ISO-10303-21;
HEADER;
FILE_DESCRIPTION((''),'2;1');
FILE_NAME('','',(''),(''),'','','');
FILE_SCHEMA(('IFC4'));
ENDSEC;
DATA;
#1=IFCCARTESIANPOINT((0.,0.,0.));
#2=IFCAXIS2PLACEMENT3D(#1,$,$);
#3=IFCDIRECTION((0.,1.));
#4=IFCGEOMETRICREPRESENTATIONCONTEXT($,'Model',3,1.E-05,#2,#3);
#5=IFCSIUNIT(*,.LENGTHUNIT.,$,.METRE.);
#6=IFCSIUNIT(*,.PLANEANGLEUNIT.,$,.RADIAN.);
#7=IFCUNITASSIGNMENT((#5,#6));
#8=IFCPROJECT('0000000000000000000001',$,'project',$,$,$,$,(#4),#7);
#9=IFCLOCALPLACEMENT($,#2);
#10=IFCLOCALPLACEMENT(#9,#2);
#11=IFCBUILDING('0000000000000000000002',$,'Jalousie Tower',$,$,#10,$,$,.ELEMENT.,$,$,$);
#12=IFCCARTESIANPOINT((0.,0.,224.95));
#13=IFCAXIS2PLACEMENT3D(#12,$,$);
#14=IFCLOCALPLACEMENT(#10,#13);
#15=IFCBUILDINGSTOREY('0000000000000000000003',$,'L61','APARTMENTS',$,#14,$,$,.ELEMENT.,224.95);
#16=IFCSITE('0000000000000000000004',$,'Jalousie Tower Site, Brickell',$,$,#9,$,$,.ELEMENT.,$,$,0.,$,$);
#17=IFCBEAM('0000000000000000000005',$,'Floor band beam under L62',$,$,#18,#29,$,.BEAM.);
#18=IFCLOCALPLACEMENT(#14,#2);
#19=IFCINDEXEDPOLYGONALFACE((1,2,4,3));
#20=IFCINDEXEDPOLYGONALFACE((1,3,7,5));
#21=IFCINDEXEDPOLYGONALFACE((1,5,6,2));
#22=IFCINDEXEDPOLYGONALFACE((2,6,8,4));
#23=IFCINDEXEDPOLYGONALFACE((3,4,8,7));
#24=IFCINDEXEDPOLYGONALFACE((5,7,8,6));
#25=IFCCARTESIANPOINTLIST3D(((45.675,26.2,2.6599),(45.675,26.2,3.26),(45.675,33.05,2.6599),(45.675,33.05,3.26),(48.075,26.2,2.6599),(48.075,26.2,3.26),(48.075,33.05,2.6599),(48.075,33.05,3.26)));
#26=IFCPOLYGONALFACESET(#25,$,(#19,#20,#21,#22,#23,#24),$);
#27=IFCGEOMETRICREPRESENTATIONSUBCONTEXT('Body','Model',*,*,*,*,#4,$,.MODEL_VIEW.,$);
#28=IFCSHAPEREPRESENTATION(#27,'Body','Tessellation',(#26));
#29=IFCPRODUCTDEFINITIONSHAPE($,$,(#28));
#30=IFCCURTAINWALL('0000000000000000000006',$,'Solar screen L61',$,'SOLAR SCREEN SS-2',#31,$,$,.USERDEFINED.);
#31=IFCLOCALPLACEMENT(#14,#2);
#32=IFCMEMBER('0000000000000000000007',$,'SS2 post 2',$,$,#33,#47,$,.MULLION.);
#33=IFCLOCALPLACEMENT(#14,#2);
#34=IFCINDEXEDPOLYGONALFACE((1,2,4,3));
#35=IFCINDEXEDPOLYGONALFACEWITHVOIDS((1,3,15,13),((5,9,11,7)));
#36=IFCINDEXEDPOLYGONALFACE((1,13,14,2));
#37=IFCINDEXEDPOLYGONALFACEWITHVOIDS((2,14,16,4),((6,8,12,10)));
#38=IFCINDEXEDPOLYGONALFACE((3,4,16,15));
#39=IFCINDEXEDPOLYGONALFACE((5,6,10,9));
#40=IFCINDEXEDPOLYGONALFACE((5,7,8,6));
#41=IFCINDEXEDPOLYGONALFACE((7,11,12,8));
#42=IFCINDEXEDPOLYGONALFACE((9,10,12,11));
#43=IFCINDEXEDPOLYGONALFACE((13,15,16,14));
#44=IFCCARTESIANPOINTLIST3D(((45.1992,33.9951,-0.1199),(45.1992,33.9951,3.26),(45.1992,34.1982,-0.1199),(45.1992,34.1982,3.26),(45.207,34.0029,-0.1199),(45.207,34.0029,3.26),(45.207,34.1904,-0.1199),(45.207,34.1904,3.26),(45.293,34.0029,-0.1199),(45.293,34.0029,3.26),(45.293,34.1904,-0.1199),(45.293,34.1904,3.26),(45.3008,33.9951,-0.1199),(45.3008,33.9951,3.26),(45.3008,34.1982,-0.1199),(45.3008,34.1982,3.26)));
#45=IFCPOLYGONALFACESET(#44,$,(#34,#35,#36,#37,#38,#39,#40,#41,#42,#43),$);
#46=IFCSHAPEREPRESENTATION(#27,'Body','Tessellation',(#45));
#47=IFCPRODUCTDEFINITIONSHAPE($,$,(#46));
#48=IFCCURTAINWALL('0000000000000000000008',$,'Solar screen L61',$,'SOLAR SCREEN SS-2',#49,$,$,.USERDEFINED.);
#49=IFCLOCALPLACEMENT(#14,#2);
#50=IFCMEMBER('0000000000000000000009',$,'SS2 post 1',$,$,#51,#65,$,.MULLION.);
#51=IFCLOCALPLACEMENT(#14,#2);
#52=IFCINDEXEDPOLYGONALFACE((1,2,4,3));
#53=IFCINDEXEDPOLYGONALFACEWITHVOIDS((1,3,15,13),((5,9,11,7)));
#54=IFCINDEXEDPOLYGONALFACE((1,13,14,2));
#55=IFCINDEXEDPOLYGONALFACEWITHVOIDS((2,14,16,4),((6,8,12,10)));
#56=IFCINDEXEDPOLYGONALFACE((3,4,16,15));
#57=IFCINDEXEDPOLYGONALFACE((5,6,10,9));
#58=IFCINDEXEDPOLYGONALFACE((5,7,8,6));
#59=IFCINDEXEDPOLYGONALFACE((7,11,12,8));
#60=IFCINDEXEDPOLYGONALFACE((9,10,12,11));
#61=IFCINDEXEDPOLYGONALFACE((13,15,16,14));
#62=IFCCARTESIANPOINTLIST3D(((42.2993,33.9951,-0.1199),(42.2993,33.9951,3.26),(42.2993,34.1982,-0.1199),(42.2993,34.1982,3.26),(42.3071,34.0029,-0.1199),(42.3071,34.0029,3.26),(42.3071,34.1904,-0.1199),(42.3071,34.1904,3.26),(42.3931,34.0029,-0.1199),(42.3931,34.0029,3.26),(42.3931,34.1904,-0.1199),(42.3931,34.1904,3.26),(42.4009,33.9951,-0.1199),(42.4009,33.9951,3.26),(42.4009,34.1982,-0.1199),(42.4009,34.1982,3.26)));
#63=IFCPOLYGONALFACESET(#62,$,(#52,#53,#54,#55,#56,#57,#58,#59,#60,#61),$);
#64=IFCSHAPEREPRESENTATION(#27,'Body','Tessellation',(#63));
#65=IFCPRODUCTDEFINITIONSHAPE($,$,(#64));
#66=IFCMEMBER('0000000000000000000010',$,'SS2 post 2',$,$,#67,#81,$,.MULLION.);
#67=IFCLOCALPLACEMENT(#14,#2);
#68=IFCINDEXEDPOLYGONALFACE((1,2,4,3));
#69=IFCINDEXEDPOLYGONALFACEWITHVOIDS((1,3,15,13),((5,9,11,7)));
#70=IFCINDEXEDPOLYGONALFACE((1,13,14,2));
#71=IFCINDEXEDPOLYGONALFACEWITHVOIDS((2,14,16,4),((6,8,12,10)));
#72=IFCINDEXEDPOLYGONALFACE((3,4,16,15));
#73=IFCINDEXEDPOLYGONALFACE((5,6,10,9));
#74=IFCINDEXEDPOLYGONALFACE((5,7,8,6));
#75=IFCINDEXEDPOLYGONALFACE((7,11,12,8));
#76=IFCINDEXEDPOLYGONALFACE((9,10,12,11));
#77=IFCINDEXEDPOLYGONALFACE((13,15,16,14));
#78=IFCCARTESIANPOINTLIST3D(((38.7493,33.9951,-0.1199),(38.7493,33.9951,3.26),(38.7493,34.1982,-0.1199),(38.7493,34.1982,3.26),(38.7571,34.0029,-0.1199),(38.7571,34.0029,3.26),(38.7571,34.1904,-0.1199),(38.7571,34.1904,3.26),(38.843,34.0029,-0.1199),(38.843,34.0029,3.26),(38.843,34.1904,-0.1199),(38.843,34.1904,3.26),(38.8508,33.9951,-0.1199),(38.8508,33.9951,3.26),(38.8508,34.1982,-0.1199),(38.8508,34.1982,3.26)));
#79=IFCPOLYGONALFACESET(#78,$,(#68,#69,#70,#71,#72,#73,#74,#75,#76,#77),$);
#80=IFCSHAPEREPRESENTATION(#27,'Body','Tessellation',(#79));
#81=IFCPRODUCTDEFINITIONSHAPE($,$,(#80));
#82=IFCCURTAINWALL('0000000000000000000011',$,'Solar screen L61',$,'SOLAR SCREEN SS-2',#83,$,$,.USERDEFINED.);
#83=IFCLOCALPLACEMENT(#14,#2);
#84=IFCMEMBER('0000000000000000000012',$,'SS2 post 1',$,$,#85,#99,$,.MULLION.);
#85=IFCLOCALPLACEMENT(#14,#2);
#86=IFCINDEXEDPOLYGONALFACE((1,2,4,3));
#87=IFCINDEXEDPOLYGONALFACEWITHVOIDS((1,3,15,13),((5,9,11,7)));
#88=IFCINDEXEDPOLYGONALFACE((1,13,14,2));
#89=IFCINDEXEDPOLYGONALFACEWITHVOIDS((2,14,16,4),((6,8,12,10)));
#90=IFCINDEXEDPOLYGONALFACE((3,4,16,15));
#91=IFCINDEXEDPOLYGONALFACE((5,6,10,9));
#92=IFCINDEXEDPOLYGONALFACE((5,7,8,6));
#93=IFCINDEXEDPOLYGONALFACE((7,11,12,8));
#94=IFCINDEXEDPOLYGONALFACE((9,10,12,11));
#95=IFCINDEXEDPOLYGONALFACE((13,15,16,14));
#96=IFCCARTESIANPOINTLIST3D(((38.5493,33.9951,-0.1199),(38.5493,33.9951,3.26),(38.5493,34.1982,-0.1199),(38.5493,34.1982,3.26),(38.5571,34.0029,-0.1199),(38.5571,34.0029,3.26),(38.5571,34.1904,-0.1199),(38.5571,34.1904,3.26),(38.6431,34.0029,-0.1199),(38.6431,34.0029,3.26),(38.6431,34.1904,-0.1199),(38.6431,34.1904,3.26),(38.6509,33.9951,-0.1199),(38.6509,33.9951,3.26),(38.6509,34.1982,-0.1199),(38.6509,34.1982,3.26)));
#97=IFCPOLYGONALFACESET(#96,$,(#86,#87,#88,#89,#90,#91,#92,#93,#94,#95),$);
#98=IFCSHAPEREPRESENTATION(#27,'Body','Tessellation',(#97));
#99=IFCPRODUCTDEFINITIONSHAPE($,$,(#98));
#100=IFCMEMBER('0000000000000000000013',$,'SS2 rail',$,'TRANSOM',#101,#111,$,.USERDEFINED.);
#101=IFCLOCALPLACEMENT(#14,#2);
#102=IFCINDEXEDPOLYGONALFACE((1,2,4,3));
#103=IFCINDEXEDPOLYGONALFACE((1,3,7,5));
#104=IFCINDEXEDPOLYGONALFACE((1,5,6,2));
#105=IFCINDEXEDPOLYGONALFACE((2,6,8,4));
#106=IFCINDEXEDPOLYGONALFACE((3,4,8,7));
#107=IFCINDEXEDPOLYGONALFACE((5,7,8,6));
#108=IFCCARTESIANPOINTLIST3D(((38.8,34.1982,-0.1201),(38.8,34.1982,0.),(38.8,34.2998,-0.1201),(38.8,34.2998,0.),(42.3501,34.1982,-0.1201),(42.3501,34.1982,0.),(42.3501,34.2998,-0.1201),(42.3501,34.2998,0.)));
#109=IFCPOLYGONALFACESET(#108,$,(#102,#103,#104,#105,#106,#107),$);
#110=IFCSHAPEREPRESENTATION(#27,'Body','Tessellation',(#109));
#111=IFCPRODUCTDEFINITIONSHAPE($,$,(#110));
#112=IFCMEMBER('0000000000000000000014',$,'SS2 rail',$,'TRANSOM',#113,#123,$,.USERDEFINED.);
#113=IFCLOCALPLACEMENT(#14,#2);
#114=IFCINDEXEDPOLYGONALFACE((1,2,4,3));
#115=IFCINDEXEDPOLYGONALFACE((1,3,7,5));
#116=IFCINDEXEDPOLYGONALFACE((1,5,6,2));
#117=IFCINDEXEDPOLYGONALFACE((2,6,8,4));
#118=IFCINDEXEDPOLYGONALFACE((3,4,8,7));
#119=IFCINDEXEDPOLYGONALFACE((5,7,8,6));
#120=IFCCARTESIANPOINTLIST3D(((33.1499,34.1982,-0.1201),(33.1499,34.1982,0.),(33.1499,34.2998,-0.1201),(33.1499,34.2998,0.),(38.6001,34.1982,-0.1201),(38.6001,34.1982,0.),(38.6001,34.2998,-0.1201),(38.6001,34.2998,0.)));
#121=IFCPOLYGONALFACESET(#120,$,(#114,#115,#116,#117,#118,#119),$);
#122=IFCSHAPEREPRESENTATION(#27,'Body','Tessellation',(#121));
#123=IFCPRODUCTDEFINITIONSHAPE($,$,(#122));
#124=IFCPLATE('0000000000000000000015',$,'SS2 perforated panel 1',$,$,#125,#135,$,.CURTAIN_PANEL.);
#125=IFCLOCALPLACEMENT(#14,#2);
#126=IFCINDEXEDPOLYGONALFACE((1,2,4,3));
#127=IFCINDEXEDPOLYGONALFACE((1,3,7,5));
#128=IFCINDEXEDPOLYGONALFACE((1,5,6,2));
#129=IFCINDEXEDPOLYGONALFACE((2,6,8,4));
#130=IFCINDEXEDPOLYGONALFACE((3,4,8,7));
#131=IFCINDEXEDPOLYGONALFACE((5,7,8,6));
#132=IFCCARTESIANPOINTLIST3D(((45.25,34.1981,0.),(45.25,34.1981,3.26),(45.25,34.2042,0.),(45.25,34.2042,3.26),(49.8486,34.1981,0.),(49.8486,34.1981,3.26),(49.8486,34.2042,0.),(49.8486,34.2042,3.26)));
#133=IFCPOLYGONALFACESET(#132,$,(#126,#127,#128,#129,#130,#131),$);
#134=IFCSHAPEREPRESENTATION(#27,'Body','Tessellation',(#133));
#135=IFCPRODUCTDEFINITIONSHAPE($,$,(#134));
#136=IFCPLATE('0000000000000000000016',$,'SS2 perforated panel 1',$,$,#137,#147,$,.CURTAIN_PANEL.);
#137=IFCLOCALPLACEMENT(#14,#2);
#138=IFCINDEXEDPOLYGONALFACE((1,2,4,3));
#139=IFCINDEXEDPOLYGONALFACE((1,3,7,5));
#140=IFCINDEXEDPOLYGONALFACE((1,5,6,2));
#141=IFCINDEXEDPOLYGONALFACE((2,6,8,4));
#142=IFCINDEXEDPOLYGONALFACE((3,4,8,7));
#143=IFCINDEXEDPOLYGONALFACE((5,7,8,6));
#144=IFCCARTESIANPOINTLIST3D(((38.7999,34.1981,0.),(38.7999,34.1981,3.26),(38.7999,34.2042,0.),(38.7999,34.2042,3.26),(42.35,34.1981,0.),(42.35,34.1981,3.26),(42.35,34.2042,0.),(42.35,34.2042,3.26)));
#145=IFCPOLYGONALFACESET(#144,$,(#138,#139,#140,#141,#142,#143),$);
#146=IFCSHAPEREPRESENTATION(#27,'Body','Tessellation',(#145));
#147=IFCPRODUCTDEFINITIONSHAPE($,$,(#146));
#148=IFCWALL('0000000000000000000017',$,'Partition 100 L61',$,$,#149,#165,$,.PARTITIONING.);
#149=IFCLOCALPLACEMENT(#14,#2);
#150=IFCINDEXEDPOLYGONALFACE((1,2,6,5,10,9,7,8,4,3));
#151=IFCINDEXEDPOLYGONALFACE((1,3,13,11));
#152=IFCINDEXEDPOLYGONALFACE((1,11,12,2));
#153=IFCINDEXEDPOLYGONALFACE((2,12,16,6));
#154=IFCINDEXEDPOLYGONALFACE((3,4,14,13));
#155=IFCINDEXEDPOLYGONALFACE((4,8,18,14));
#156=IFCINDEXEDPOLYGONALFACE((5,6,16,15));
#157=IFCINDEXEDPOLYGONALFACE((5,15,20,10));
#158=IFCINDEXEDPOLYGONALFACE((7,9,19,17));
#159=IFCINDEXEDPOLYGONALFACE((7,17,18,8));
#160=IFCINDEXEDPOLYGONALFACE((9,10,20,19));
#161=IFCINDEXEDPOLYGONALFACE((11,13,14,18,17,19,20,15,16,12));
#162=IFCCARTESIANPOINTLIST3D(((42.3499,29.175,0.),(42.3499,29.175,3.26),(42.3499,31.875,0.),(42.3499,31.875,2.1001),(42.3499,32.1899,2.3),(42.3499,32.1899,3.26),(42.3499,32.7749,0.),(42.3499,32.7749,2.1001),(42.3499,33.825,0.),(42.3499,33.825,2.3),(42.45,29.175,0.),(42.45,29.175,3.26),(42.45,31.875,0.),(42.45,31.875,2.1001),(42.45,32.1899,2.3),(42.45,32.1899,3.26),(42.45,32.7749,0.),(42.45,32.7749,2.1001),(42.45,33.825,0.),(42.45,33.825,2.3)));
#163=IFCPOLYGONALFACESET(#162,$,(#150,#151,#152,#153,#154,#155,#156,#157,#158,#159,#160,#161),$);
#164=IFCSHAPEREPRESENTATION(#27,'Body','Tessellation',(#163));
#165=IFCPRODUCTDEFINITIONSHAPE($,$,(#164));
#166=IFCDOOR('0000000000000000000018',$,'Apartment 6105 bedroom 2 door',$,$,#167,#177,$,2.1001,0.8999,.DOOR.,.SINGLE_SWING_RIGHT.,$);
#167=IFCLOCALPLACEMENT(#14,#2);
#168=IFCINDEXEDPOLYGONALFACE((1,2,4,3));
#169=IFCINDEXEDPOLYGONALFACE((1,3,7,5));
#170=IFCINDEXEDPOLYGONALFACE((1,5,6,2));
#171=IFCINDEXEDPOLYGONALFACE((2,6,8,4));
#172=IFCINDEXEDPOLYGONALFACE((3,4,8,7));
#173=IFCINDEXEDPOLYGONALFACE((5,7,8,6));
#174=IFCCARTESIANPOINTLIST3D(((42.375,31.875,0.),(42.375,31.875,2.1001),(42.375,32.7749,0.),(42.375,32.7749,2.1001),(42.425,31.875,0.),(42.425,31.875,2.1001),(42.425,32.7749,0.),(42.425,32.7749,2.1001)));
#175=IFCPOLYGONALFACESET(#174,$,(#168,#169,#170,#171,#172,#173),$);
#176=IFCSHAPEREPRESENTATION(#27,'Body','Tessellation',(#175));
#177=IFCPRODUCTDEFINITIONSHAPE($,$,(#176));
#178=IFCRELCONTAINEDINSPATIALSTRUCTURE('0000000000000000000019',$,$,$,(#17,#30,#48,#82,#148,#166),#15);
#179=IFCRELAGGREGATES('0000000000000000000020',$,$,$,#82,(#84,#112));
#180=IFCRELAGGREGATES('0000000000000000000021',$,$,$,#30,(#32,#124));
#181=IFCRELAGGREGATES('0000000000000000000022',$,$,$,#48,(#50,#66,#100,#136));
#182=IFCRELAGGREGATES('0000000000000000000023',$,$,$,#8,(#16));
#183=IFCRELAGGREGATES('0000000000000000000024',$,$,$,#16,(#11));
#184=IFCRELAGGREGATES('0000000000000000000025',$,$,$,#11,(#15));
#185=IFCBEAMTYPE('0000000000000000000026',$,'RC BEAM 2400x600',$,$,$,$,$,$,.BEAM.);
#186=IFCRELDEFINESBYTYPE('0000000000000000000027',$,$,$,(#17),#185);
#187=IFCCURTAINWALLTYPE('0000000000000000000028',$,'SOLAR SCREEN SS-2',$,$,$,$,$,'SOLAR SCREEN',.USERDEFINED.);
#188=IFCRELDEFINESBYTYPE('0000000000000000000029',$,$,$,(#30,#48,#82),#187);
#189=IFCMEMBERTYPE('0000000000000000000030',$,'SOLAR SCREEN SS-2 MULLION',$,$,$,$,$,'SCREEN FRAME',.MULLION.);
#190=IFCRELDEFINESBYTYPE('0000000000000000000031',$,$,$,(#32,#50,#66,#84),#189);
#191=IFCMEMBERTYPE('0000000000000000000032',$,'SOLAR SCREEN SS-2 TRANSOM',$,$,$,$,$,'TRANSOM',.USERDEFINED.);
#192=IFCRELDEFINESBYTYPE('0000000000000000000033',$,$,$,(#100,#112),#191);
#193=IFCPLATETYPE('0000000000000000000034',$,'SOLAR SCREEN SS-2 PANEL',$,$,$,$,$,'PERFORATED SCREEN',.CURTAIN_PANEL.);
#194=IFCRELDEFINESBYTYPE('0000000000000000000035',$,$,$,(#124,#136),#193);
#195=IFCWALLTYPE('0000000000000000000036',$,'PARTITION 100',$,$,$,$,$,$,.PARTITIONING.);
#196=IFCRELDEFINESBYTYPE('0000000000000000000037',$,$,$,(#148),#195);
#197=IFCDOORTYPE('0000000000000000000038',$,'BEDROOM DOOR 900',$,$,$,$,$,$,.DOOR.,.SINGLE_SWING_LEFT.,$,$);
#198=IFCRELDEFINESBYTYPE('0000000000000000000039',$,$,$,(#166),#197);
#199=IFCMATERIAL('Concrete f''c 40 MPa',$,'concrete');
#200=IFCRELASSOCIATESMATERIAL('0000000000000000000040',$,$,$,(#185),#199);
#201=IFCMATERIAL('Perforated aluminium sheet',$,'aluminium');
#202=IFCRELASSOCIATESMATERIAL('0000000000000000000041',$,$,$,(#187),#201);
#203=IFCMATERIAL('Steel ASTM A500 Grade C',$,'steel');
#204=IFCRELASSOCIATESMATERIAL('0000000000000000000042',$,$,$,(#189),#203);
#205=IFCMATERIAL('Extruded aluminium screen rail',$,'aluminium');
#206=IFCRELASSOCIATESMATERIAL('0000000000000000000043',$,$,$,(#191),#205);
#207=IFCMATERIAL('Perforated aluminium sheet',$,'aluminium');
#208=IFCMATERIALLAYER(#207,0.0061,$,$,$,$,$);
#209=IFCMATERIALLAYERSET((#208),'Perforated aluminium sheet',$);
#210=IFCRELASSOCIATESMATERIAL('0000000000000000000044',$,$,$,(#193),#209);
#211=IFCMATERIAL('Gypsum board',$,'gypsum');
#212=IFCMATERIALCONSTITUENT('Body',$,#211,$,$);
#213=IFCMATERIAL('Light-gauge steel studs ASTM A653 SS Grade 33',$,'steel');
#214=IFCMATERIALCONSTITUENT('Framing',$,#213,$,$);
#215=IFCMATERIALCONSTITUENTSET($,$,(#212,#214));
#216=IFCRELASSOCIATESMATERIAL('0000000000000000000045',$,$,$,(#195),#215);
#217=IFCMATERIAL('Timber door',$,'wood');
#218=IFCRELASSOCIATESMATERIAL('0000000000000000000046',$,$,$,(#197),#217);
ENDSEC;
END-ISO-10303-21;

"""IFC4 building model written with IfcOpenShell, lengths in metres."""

from ifc_helpers import new_model, si_unit, direction, frame, frame_2d, origin, origin_2d, place, context, subcontext, project, spatial, polyline, rectangle, hollow_rectangle, outline, extrude, material, layer, layer_set, constituent, constituent_set, material_profile, profile_set, type_object, element, fill, aggregate, save


model = new_model("IFC4")

# Units and contexts
model_context = context("Model", 3, precision=1e-05, world=origin(), true_north=direction((0.0, 1.0)))
body_context = subcontext(model_context, "Body", "Model", "MODEL_VIEW")
ifc_project = project(units=[si_unit("LENGTHUNIT", "METRE"), si_unit("PLANEANGLEUNIT", "RADIAN")], contexts=[model_context])

# Site, building, storey
site_placement = place(None, origin())
site = spatial("IfcSite", under=ifc_project, at=site_placement, Name="Jalousie Tower Site, Brickell", CompositionType="ELEMENT", RefElevation=0.0)
building_placement = place(site_placement, origin())
building = spatial("IfcBuilding", under=site, at=building_placement, Name="Jalousie Tower", CompositionType="ELEMENT")
storey_placement = place(building_placement, frame((0.0, 0.0, 224.95)))
storey = spatial("IfcBuildingStorey", under=building, at=storey_placement, Name="L61", Description="APARTMENTS", CompositionType="ELEMENT", Elevation=224.95)

# Beam
ifc_material_1 = material(Name="Concrete f'c 40 MPa", Category="concrete")
ifc_material_profile_1 = material_profile(ifc_material_1, rectangle(XDim=2.3999, YDim=0.6001, at=origin_2d()), Name="RC 2400x600")
ifc_profile_set_1 = profile_set([ifc_material_profile_1], Name="Concrete f'c 40 MPa")
beam_type_1 = type_object("IfcBeamType", Name="RC BEAM 2400x600", PredefinedType="BEAM", material=ifc_profile_set_1)
beam_1_placement = place(storey_placement, frame((46.875, 33.05, 2.96), z_axis=(0.0, -1.0, 0.0), x_axis=(1.0, 0.0, 0.0)))
element("IfcBeam", 1, at=beam_1_placement, inside=storey, type_object=beam_type_1, Name="Floor band beam under L62", PredefinedType="BEAM", context=body_context, shape_type="SweptSolid", body=[
    extrude(rectangle(XDim=2.3999, YDim=0.6001, at=origin_2d()), origin(), (0.0, 0.0, 1.0), 6.8501),
])

# Curtain wall, member
ifc_material_2 = material(Name="Perforated aluminium sheet", Category="aluminium")
curtain_wall_type = type_object("IfcCurtainWallType", Name="SOLAR SCREEN SS-2", ElementType="SOLAR SCREEN", PredefinedType="USERDEFINED", material=ifc_material_2)
curtain_wall_1_placement = place(storey_placement, origin())
curtain_wall_1 = element("IfcCurtainWall", 2, at=curtain_wall_1_placement, inside=storey, type_object=curtain_wall_type, Name="Solar screen L61", ObjectType="SOLAR SCREEN SS-2", PredefinedType="USERDEFINED")
ifc_material_3 = material(Name="Steel ASTM A500 Grade C", Category="steel")
ifc_material_profile_2 = material_profile(ifc_material_3, hollow_rectangle(XDim=0.1016, YDim=0.2031, WallThickness=0.0078, at=origin_2d()), Name="HSS8X4X5/16")
ifc_profile_set_2 = profile_set([ifc_material_profile_2], Name="Steel ASTM A500 Grade C")
member_type_1 = type_object("IfcMemberType", Name="SOLAR SCREEN SS-2 MULLION", ElementType="SCREEN FRAME", PredefinedType="MULLION", material=ifc_profile_set_2)
member_1_placement = place(storey_placement, frame((45.25, 34.0967, -0.1199), z_axis=(0.0, 0.0, 1.0), x_axis=(-1.0, 0.0, 0.0)))
member_1 = element("IfcMember", 3, at=member_1_placement, type_object=member_type_1, Name="SS2 post 2", PredefinedType="MULLION", context=body_context, shape_type="SweptSolid", body=[
    extrude(hollow_rectangle(XDim=0.1016, YDim=0.2031, WallThickness=0.0078, at=origin_2d()), origin(), (0.0, 0.0, 1.0), 3.3799),
])

# Curtain wall, members
curtain_wall_2_placement = place(storey_placement, origin())
curtain_wall_2 = element("IfcCurtainWall", 4, at=curtain_wall_2_placement, inside=storey, type_object=curtain_wall_type, Name="Solar screen L61", ObjectType="SOLAR SCREEN SS-2", PredefinedType="USERDEFINED")
member_2_placement = place(storey_placement, frame((42.3501, 34.0967, -0.1199), z_axis=(0.0, 0.0, 1.0), x_axis=(-1.0, 0.0, 0.0)))
member_2 = element("IfcMember", 5, at=member_2_placement, type_object=member_type_1, Name="SS2 post 1", PredefinedType="MULLION", context=body_context, shape_type="SweptSolid", body=[
    extrude(hollow_rectangle(XDim=0.1016, YDim=0.2031, WallThickness=0.0078, at=origin_2d()), origin(), (0.0, 0.0, 1.0), 3.3799),
])
member_3_placement = place(storey_placement, frame((38.8, 34.0967, -0.1199), z_axis=(0.0, 0.0, 1.0), x_axis=(-1.0, 0.0, 0.0)))
member_3 = element("IfcMember", 6, at=member_3_placement, type_object=member_type_1, Name="SS2 post 2", PredefinedType="MULLION", context=body_context, shape_type="SweptSolid", body=[
    extrude(hollow_rectangle(XDim=0.1016, YDim=0.2031, WallThickness=0.0078, at=origin_2d()), origin(), (0.0, 0.0, 1.0), 3.3799),
])

# Curtain wall, member
curtain_wall_3_placement = place(storey_placement, origin())
curtain_wall_3 = element("IfcCurtainWall", 7, at=curtain_wall_3_placement, inside=storey, type_object=curtain_wall_type, Name="Solar screen L61", ObjectType="SOLAR SCREEN SS-2", PredefinedType="USERDEFINED")
member_4_placement = place(storey_placement, frame((38.6001, 34.0967, -0.1199), z_axis=(0.0, 0.0, 1.0), x_axis=(-1.0, 0.0, 0.0)))
member_4 = element("IfcMember", 8, at=member_4_placement, type_object=member_type_1, Name="SS2 post 1", PredefinedType="MULLION", context=body_context, shape_type="SweptSolid", body=[
    extrude(hollow_rectangle(XDim=0.1016, YDim=0.2031, WallThickness=0.0078, at=origin_2d()), origin(), (0.0, 0.0, 1.0), 3.3799),
])

# Members
ifc_material_4 = material(Name="Extruded aluminium screen rail", Category="aluminium")
ifc_material_profile_3 = material_profile(ifc_material_4, rectangle(XDim=0.1016, YDim=0.1201, at=origin_2d()), Name="RAIL 102x120")
ifc_profile_set_3 = profile_set([ifc_material_profile_3], Name="Extruded aluminium screen rail")
member_type_2 = type_object("IfcMemberType", Name="SOLAR SCREEN SS-2 TRANSOM", ElementType="TRANSOM", PredefinedType="USERDEFINED", material=ifc_profile_set_3)
member_5_placement = place(storey_placement, frame((42.3501, 34.249, -0.0601), z_axis=(-1.0, 0.0, 0.0), x_axis=(0.0, -1.0, 0.0)))
member_5 = element("IfcMember", 9, at=member_5_placement, type_object=member_type_2, Name="SS2 rail", ObjectType="TRANSOM", PredefinedType="USERDEFINED", context=body_context, shape_type="SweptSolid", body=[
    extrude(rectangle(XDim=0.1016, YDim=0.1201, at=origin_2d()), origin(), (0.0, 0.0, 1.0), 3.55),
])
member_6_placement = place(storey_placement, frame((38.6001, 34.249, -0.0601), z_axis=(-1.0, 0.0, 0.0), x_axis=(0.0, -1.0, 0.0)))
member_6 = element("IfcMember", 10, at=member_6_placement, type_object=member_type_2, Name="SS2 rail", ObjectType="TRANSOM", PredefinedType="USERDEFINED", context=body_context, shape_type="SweptSolid", body=[
    extrude(rectangle(XDim=0.1016, YDim=0.1201, at=origin_2d()), origin(), (0.0, 0.0, 1.0), 5.4502),
])
aggregate(curtain_wall_3, [member_4, member_6])

# Plates
ifc_material_5 = material(Name="Perforated aluminium sheet", Category="aluminium")
ifc_layer = layer(ifc_material_5, 0.0061)
ifc_layer_set = layer_set([ifc_layer], Name="Perforated aluminium sheet")
plate_type = type_object("IfcPlateType", Name="SOLAR SCREEN SS-2 PANEL", ElementType="PERFORATED SCREEN", PredefinedType="CURTAIN_PANEL", material=ifc_layer_set)
plate_1_placement = place(storey_placement, frame((47.5493, 34.2012, 0.0), z_axis=(0.0, 0.0, 1.0), x_axis=(-1.0, 0.0, 0.0)))
plate_1 = element("IfcPlate", 11, at=plate_1_placement, type_object=plate_type, Name="SS2 perforated panel 1", PredefinedType="CURTAIN_PANEL", context=body_context, shape_type="SweptSolid", body=[
    extrude(rectangle(XDim=4.5986, YDim=0.0061, at=origin_2d()), origin(), (0.0, 0.0, 1.0), 3.26),
])
aggregate(curtain_wall_1, [member_1, plate_1])
plate_2_placement = place(storey_placement, frame((40.575, 34.2012, 0.0), z_axis=(0.0, 0.0, 1.0), x_axis=(-1.0, 0.0, 0.0)))
plate_2 = element("IfcPlate", 12, at=plate_2_placement, type_object=plate_type, Name="SS2 perforated panel 1", PredefinedType="CURTAIN_PANEL", context=body_context, shape_type="SweptSolid", body=[
    extrude(rectangle(XDim=3.55, YDim=0.0061, at=origin_2d()), origin(), (0.0, 0.0, 1.0), 3.26),
])
aggregate(curtain_wall_2, [member_2, member_3, member_5, plate_2])

# Wall, opening, door
ifc_material_6 = material(Name="Gypsum board", Category="gypsum")
ifc_constituent_1 = constituent(ifc_material_6, Name="Body")
ifc_material_7 = material(Name="Light-gauge steel studs ASTM A653 SS Grade 33", Category="steel")
ifc_constituent_2 = constituent(ifc_material_7, Name="Framing")
ifc_constituent_set_1 = constituent_set(constituents=[ifc_constituent_1, ifc_constituent_2])
wall_type_1 = type_object("IfcWallType", Name="PARTITION 100", PredefinedType="PARTITIONING", material=ifc_constituent_set_1)
wall_1_placement = place(storey_placement, frame((42.3999, 33.825, 0.0), z_axis=(0.0, 0.0, 1.0), x_axis=(0.0, -1.0, 0.0)))
wall_1 = element("IfcWall", 13, at=wall_1_placement, inside=storey, type_object=wall_type_1, Name="Partition 100 L61", PredefinedType="PARTITIONING", context=body_context, shape_type="SweptSolid", body=[
    extrude(outline(polyline([(0.0, 0.0), (4.6499, 0.0), (4.6499, 3.26), (1.635, 3.26), (1.635, 2.3), (0.0, 2.3), (0.0, 3.26), (0.0, 0.0)])), frame((0.0, 0.05, 0.0), z_axis=(0.0, -1.0, 0.0), x_axis=(1.0, 0.0, 0.0)), (0.0, 0.0, 1.0), 0.1001),
])
opening_placement = place(wall_1_placement, frame((1.05, 0.0, 0.0)))
opening = element("IfcOpeningElement", 14, at=opening_placement, cuts=wall_1, PredefinedType="OPENING", context=body_context, shape_type="SweptSolid", body=[
    extrude(rectangle(XDim=0.8999, YDim=2.1001, at=frame_2d((0.45, 1.05))), frame((0.0, 0.0601, 0.0), z_axis=(0.0, -1.0, 0.0), x_axis=(1.0, 0.0, 0.0)), (0.0, 0.0, 1.0), 0.1201),
])
ifc_material_8 = material(Name="Timber door", Category="wood")
door_type = type_object("IfcDoorType", Name="BEDROOM DOOR 900", OperationType="SINGLE_SWING_LEFT", PredefinedType="DOOR", material=ifc_material_8)
door_placement = place(opening_placement, frame((0.8999, 0.0, 0.0), z_axis=(0.0, 0.0, 1.0), x_axis=(-1.0, 0.0, 0.0)))
door = element("IfcDoor", 15, at=door_placement, inside=storey, type_object=door_type, Name="Apartment 6105 bedroom 2 door", OperationType="SINGLE_SWING_RIGHT", OverallHeight=2.1001, OverallWidth=0.8999, PredefinedType="DOOR", context=body_context, shape_type="SweptSolid", body=[
    extrude(rectangle(XDim=0.8999, YDim=2.1001, at=frame_2d((0.45, 1.05))), frame((0.0, 0.0249, 0.0), z_axis=(0.0, -1.0, 0.0), x_axis=(1.0, 0.0, 0.0)), (0.0, 0.0, 1.0), 0.05),
])
fill(opening, door)

save(model, "model.ifc")
